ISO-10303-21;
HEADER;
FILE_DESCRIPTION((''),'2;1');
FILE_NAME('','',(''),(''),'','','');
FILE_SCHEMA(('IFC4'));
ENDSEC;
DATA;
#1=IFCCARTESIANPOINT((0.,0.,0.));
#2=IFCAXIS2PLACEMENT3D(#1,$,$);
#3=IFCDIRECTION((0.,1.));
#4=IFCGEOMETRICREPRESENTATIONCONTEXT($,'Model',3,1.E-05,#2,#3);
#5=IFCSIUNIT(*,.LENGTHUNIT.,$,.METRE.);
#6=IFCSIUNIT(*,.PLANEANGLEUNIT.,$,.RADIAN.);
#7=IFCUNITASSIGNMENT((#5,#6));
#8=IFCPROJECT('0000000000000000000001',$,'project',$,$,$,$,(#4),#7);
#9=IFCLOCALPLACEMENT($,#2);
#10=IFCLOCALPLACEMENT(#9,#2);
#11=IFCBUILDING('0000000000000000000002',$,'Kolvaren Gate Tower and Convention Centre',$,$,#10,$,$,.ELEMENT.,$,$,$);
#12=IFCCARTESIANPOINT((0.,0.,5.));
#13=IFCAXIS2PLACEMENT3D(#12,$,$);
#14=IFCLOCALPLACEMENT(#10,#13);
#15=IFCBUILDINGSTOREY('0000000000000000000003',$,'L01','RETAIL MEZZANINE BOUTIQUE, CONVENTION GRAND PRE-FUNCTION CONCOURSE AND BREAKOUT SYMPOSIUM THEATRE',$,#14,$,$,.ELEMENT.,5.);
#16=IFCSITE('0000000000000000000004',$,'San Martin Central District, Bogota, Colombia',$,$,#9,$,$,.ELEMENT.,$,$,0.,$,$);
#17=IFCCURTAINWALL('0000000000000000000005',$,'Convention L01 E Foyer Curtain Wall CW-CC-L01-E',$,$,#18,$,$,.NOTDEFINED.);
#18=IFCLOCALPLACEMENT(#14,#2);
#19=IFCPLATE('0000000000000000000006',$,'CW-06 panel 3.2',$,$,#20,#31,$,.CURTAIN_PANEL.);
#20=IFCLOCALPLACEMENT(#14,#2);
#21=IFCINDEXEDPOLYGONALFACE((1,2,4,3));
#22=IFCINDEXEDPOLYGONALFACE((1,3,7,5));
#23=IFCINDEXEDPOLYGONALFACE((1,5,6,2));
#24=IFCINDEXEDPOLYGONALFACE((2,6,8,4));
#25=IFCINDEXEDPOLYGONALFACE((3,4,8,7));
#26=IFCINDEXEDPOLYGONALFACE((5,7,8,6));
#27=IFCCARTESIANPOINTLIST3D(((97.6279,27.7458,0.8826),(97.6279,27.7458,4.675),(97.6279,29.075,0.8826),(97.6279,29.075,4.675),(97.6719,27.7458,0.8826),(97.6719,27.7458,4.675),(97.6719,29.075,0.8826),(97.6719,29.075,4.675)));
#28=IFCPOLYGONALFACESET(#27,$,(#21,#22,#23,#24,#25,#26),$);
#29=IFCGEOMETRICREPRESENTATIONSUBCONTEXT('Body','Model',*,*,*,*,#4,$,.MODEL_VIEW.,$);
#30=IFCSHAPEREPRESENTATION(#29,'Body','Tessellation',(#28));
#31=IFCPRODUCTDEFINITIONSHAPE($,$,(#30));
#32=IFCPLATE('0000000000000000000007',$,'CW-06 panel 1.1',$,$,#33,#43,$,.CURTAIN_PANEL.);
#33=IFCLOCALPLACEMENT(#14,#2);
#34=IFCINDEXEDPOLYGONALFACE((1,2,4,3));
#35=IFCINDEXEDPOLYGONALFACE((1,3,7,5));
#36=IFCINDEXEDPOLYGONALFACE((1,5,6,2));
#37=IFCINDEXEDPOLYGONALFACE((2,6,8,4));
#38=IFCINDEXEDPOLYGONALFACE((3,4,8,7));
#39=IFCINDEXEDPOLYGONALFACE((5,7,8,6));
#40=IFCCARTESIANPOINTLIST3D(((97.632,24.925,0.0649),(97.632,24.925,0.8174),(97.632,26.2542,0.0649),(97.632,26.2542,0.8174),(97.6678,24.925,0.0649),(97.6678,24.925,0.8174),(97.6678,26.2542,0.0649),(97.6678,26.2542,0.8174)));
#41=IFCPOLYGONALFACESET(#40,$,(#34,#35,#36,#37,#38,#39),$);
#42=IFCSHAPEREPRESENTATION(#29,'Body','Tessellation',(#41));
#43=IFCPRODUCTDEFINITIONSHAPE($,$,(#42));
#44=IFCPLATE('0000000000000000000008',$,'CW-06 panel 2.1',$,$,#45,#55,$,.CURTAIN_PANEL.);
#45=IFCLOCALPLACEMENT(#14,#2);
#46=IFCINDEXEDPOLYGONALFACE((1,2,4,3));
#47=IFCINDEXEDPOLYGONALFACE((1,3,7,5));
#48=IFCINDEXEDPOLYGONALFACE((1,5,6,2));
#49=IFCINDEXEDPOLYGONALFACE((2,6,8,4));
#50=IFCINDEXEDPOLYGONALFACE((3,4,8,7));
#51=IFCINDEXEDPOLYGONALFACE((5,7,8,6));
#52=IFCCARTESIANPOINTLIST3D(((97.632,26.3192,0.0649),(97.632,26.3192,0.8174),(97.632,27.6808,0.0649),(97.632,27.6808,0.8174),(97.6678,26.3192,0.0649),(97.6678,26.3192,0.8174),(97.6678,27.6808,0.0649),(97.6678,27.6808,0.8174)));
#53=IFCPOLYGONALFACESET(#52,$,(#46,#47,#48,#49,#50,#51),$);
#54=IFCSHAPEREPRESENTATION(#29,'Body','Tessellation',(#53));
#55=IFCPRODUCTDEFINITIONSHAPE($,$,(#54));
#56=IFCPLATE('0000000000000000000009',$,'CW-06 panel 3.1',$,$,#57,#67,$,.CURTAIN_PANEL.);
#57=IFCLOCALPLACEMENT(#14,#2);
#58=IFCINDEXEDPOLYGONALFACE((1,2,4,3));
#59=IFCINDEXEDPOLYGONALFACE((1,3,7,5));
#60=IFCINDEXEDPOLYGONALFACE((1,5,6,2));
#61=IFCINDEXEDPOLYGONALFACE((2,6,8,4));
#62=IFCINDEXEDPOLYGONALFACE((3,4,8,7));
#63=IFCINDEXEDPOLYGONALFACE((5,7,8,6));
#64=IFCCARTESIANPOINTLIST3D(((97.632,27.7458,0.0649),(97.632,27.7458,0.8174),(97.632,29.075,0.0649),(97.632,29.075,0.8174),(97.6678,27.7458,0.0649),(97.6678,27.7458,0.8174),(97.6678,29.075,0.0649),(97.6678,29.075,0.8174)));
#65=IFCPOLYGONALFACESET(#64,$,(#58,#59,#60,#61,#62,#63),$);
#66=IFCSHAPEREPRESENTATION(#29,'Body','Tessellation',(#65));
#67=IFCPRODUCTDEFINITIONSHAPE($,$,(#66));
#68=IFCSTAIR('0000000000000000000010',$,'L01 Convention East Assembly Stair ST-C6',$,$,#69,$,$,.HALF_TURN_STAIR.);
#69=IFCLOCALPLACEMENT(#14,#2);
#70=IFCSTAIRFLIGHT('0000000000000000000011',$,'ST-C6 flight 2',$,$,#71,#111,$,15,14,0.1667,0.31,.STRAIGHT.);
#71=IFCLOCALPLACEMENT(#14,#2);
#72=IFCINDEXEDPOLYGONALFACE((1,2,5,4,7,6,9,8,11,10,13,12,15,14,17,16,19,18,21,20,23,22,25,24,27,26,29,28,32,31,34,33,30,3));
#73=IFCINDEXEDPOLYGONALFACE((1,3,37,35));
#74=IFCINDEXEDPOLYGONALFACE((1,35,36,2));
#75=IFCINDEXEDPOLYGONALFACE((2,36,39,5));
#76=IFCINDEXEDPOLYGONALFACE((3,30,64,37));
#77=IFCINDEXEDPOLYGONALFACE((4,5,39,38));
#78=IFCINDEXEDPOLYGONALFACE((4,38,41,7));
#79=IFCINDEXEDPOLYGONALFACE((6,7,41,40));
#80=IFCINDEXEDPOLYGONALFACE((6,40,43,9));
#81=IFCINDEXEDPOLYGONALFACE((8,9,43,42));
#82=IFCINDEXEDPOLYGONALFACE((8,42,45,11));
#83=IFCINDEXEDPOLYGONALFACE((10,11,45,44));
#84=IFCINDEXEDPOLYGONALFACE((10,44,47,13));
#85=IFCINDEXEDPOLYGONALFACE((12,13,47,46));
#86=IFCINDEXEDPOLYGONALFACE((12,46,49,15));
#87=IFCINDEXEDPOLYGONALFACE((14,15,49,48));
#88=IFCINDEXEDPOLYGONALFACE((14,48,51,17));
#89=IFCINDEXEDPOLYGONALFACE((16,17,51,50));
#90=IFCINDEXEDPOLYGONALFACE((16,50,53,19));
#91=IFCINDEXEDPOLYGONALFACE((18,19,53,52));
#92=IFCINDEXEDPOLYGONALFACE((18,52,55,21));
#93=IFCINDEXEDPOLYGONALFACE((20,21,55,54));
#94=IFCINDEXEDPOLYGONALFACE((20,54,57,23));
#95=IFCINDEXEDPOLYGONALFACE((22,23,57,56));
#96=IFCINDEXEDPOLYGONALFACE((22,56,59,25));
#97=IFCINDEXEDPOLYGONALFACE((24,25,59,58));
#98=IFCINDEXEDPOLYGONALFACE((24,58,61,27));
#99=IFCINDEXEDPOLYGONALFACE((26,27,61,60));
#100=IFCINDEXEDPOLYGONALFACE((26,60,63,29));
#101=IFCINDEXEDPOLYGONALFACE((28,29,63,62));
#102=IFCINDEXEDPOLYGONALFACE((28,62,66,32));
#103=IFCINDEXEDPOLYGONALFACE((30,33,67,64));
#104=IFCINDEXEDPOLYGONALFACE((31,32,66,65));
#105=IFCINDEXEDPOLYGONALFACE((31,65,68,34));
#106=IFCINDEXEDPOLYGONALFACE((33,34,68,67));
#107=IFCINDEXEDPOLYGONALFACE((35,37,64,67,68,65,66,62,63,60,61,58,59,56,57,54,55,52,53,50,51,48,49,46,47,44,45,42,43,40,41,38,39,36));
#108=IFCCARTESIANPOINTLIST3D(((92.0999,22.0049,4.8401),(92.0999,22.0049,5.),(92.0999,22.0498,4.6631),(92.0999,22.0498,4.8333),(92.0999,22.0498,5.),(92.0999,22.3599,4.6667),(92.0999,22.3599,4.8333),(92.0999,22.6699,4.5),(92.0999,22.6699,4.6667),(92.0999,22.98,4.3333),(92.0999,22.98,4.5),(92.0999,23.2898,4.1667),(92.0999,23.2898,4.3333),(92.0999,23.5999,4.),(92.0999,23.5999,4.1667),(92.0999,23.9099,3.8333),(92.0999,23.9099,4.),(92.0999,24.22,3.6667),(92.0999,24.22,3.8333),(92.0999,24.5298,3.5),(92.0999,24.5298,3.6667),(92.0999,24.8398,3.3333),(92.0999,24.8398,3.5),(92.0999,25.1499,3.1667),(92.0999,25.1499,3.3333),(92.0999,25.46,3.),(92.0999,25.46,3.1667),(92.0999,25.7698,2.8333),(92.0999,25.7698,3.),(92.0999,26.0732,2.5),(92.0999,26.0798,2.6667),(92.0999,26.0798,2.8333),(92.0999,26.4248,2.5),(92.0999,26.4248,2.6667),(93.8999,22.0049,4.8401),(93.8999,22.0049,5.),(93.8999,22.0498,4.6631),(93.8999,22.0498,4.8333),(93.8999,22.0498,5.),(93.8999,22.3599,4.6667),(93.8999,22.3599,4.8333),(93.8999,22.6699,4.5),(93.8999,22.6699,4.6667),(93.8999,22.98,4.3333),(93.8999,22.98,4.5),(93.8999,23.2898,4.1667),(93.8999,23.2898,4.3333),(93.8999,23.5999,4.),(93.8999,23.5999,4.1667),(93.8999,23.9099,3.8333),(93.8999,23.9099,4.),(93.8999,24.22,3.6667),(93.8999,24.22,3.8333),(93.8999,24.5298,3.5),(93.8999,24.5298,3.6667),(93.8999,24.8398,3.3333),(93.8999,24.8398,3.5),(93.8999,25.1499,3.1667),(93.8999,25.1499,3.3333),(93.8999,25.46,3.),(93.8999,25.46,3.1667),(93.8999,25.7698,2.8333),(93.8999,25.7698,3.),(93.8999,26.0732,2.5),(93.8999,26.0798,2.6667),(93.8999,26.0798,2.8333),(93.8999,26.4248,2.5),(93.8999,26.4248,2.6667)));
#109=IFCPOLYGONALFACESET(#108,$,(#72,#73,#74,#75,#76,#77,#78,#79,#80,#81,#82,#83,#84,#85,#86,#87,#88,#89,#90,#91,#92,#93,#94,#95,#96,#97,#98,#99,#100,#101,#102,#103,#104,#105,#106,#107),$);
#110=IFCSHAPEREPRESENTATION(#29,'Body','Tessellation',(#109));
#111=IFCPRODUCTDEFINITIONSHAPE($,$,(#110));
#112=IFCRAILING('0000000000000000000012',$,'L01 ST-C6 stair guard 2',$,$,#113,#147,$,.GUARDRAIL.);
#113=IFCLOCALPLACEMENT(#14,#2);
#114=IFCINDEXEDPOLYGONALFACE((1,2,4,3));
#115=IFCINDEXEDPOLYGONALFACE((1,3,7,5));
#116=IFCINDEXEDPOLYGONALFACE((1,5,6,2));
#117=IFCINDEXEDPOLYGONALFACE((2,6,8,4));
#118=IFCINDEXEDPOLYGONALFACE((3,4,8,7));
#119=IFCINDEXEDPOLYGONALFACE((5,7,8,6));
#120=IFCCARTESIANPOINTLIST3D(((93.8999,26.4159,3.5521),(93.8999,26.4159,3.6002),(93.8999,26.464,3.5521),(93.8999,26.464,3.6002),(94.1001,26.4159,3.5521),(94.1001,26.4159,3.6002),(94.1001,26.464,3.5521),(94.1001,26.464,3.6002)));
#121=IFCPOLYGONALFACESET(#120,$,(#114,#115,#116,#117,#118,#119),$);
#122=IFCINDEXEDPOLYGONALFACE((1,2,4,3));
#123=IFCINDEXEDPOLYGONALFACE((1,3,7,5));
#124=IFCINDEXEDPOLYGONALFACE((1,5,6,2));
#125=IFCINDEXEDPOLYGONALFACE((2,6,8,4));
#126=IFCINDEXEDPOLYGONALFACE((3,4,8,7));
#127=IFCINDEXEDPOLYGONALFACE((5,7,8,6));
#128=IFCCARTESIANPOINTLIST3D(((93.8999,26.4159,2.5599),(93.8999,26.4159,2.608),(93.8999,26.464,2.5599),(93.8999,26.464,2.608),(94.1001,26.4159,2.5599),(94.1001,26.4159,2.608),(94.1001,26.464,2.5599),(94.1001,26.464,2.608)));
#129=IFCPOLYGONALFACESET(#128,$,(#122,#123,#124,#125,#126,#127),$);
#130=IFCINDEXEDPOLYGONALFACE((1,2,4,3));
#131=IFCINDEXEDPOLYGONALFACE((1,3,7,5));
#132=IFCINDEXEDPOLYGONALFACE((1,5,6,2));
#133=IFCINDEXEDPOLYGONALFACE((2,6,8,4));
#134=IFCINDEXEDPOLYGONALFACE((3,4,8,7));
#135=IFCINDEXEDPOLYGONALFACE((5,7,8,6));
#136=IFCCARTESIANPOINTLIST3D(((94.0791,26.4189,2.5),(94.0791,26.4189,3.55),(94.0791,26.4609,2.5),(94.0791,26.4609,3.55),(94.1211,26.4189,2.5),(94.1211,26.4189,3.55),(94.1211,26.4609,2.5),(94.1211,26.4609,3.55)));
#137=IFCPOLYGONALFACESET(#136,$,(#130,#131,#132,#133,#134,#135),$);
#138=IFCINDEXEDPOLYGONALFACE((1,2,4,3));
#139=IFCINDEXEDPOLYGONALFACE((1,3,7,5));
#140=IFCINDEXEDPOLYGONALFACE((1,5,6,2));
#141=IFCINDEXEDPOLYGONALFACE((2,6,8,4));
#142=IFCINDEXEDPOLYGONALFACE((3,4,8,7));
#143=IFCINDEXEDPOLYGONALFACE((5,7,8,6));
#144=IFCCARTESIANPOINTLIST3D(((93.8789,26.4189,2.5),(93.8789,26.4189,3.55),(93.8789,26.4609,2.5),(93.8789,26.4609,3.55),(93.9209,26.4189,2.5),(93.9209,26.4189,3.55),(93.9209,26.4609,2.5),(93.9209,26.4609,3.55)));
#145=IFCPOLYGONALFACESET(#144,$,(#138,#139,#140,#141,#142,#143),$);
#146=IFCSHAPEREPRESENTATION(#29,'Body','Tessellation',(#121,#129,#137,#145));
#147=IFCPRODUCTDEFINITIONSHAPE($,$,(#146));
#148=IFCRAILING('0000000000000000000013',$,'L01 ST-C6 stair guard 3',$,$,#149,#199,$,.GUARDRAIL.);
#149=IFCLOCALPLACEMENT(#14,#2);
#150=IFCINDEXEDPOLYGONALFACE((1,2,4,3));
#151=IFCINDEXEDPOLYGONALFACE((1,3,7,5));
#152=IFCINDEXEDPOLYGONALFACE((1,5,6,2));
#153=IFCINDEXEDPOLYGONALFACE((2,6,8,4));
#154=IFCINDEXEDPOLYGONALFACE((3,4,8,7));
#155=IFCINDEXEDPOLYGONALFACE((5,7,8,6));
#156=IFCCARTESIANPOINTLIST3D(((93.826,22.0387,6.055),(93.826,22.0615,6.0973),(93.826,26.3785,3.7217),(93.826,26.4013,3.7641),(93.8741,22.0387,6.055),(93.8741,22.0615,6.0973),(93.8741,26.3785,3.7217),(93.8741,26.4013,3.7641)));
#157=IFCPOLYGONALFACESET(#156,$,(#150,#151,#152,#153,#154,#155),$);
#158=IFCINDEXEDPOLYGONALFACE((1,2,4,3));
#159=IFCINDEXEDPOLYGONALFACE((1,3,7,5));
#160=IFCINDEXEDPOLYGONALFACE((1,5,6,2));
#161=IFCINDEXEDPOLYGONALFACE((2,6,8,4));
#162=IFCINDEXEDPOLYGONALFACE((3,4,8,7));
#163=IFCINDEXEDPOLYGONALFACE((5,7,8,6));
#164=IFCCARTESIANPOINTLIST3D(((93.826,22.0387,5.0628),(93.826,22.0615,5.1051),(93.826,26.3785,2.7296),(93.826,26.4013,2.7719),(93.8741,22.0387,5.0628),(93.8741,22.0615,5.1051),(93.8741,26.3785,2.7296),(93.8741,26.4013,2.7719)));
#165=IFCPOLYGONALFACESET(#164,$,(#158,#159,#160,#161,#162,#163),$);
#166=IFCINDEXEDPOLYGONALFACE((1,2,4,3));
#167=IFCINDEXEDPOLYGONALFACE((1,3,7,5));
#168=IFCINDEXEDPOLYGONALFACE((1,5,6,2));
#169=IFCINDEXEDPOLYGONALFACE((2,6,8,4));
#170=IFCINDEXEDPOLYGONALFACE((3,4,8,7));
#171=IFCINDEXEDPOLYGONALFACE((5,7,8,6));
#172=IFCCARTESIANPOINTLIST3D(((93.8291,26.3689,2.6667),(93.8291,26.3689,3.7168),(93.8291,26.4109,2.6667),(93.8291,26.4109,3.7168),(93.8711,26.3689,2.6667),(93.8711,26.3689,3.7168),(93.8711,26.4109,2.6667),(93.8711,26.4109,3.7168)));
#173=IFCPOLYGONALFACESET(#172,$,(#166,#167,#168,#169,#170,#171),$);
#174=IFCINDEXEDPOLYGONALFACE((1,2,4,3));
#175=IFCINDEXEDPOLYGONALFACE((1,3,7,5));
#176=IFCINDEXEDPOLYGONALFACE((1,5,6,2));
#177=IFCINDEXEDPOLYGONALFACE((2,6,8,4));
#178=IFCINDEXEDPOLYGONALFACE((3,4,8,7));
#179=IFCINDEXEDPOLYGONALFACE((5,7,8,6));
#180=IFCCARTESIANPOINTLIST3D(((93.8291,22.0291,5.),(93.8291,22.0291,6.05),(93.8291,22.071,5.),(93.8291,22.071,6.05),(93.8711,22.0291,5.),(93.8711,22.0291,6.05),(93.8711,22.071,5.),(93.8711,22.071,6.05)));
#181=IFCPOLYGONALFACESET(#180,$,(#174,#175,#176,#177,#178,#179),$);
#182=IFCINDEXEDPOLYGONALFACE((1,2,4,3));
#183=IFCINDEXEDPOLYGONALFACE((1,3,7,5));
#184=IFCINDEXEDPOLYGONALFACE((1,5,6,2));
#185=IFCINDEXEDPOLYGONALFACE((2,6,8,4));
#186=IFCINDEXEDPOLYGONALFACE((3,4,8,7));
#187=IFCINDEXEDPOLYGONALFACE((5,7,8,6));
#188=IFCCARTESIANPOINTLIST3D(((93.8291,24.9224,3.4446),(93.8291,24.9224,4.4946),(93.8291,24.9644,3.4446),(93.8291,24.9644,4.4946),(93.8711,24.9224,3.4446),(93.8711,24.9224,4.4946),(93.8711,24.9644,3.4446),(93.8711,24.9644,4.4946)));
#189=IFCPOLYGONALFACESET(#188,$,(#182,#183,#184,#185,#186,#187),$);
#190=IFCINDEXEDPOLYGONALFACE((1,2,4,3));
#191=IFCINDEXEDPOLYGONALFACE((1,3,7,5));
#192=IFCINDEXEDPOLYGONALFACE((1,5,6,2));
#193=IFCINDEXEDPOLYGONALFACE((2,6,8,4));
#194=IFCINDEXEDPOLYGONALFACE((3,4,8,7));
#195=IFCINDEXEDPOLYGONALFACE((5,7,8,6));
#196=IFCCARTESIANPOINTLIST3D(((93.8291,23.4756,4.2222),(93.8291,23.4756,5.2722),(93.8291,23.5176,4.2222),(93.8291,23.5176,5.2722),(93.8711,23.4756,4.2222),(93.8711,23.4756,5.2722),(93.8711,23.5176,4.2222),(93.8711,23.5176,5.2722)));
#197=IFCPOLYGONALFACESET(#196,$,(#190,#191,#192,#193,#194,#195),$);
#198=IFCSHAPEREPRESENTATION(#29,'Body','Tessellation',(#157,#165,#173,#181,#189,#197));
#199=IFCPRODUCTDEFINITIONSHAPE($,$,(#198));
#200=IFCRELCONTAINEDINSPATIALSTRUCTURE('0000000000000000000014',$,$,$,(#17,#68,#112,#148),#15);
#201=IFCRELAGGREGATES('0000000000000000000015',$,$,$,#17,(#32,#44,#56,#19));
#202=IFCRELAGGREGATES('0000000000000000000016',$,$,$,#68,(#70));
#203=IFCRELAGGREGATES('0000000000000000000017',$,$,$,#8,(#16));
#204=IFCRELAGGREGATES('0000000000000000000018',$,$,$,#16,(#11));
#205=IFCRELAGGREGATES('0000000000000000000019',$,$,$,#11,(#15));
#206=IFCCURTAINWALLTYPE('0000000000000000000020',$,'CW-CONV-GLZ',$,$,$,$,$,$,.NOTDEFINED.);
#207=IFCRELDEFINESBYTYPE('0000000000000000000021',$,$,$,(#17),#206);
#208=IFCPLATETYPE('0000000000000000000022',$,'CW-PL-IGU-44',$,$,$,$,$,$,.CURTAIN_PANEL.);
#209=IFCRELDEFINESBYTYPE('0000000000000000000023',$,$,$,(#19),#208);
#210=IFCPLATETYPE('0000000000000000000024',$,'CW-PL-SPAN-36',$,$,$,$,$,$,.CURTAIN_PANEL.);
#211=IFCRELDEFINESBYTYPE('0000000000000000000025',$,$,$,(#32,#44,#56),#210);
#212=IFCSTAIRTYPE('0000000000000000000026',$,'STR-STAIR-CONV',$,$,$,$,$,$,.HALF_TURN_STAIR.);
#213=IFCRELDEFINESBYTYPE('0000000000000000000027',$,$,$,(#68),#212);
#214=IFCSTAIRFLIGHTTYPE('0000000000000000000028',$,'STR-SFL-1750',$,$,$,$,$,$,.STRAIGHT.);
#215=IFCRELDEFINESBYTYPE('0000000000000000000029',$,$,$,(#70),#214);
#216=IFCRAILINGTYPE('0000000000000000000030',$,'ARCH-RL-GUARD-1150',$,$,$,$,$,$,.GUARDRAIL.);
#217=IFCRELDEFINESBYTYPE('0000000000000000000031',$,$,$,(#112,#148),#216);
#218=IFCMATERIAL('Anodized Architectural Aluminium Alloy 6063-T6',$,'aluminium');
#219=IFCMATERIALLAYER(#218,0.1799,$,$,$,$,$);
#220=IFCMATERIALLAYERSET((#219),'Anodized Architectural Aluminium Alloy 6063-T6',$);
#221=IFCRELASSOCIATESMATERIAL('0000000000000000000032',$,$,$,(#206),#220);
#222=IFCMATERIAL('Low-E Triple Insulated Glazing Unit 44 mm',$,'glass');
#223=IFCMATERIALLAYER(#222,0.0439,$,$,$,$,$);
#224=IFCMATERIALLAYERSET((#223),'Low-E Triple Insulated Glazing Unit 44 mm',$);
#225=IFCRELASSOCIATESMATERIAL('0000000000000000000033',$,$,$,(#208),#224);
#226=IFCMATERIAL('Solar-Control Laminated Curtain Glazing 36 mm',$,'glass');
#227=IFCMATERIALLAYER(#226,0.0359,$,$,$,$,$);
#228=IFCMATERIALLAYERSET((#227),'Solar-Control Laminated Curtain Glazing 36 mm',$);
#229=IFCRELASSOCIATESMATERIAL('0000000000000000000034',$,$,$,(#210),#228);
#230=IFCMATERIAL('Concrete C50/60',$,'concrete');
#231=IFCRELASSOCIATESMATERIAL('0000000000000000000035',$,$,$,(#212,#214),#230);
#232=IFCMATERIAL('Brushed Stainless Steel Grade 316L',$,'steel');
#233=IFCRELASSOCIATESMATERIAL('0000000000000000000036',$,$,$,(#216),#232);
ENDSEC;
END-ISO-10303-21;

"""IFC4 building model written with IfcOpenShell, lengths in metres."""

from ifc_helpers import new_model, si_unit, direction, frame, origin, origin_2d, place, context, subcontext, project, spatial, polyline, rectangle, outline, extrude, material, layer, layer_set, type_object, element, aggregate, save


model = new_model("IFC4")

# Units and contexts
model_context = context("Model", 3, precision=1e-05, world=origin(), true_north=direction((0.0, 1.0)))
body_context = subcontext(model_context, "Body", "Model", "MODEL_VIEW")
ifc_project = project(units=[si_unit("LENGTHUNIT", "METRE"), si_unit("PLANEANGLEUNIT", "RADIAN")], contexts=[model_context])

# Site, building, storey
site_placement = place(None, origin())
site = spatial("IfcSite", under=ifc_project, at=site_placement, Name="San Martin Central District, Bogota, Colombia", CompositionType="ELEMENT", RefElevation=0.0)
building_placement = place(site_placement, origin())
building = spatial("IfcBuilding", under=site, at=building_placement, Name="Kolvaren Gate Tower and Convention Centre", CompositionType="ELEMENT")
storey_placement = place(building_placement, frame((0.0, 0.0, 5.0)))
storey = spatial("IfcBuildingStorey", under=building, at=storey_placement, Name="L01", Description="RETAIL MEZZANINE BOUTIQUE, CONVENTION GRAND PRE-FUNCTION CONCOURSE AND BREAKOUT SYMPOSIUM THEATRE", CompositionType="ELEMENT", Elevation=5.0)

# Curtain wall, plates
ifc_material_1 = material(Name="Anodized Architectural Aluminium Alloy 6063-T6", Category="aluminium")
ifc_layer_1 = layer(ifc_material_1, 0.1799)
ifc_layer_set_1 = layer_set([ifc_layer_1], Name="Anodized Architectural Aluminium Alloy 6063-T6")
curtain_wall_type = type_object("IfcCurtainWallType", Name="CW-CONV-GLZ", PredefinedType="NOTDEFINED", material=ifc_layer_set_1)
curtain_wall_placement = place(storey_placement, origin())
curtain_wall = element("IfcCurtainWall", 1, at=curtain_wall_placement, inside=storey, type_object=curtain_wall_type, Name="Convention L01 E Foyer Curtain Wall CW-CC-L01-E", PredefinedType="NOTDEFINED")
ifc_material_2 = material(Name="Low-E Triple Insulated Glazing Unit 44 mm", Category="glass")
ifc_layer_2 = layer(ifc_material_2, 0.0439)
ifc_layer_set_2 = layer_set([ifc_layer_2], Name="Low-E Triple Insulated Glazing Unit 44 mm")
plate_type_1 = type_object("IfcPlateType", Name="CW-PL-IGU-44", PredefinedType="CURTAIN_PANEL", material=ifc_layer_set_2)
plate_1_placement = place(storey_placement, frame((97.6499, 28.4104, 0.8826), z_axis=(0.0, 0.0, 1.0), x_axis=(0.0, 1.0, 0.0)))
plate_1 = element("IfcPlate", 2, at=plate_1_placement, type_object=plate_type_1, Name="CW-06 panel 3.2", PredefinedType="CURTAIN_PANEL", context=body_context, shape_type="SweptSolid", body=[
    extrude(rectangle(XDim=1.3291, YDim=0.0439, at=origin_2d()), origin(), (0.0, 0.0, 1.0), 3.7925),
])
ifc_material_3 = material(Name="Solar-Control Laminated Curtain Glazing 36 mm", Category="glass")
ifc_layer_3 = layer(ifc_material_3, 0.0359)
ifc_layer_set_3 = layer_set([ifc_layer_3], Name="Solar-Control Laminated Curtain Glazing 36 mm")
plate_type_2 = type_object("IfcPlateType", Name="CW-PL-SPAN-36", PredefinedType="CURTAIN_PANEL", material=ifc_layer_set_3)
plate_2_placement = place(storey_placement, frame((97.6499, 25.5896, 0.0649), z_axis=(0.0, 0.0, 1.0), x_axis=(0.0, 1.0, 0.0)))
plate_2 = element("IfcPlate", 3, at=plate_2_placement, type_object=plate_type_2, Name="CW-06 panel 1.1", PredefinedType="CURTAIN_PANEL", context=body_context, shape_type="SweptSolid", body=[
    extrude(rectangle(XDim=1.3291, YDim=0.0359, at=origin_2d()), origin(), (0.0, 0.0, 1.0), 0.7524),
])
plate_3_placement = place(storey_placement, frame((97.6499, 27.0, 0.0649), z_axis=(0.0, 0.0, 1.0), x_axis=(0.0, 1.0, 0.0)))
plate_3 = element("IfcPlate", 4, at=plate_3_placement, type_object=plate_type_2, Name="CW-06 panel 2.1", PredefinedType="CURTAIN_PANEL", context=body_context, shape_type="SweptSolid", body=[
    extrude(rectangle(XDim=1.3616, YDim=0.0359, at=origin_2d()), origin(), (0.0, 0.0, 1.0), 0.7524),
])
plate_4_placement = place(storey_placement, frame((97.6499, 28.4104, 0.0649), z_axis=(0.0, 0.0, 1.0), x_axis=(0.0, 1.0, 0.0)))
plate_4 = element("IfcPlate", 5, at=plate_4_placement, type_object=plate_type_2, Name="CW-06 panel 3.1", PredefinedType="CURTAIN_PANEL", context=body_context, shape_type="SweptSolid", body=[
    extrude(rectangle(XDim=1.3291, YDim=0.0359, at=origin_2d()), origin(), (0.0, 0.0, 1.0), 0.7524),
])
aggregate(curtain_wall, [plate_2, plate_3, plate_4, plate_1])

# Stair, stair flight
ifc_material_4 = material(Name="Concrete C50/60", Category="concrete")
stair_type = type_object("IfcStairType", Name="STR-STAIR-CONV", PredefinedType="HALF_TURN_STAIR", material=ifc_material_4)
stair_placement = place(storey_placement, origin())
stair = element("IfcStair", 6, at=stair_placement, inside=storey, type_object=stair_type, Name="L01 Convention East Assembly Stair ST-C6", PredefinedType="HALF_TURN_STAIR")
stair_flight_type = type_object("IfcStairFlightType", Name="STR-SFL-1750", PredefinedType="STRAIGHT", material=ifc_material_4)
stair_flight_placement = place(storey_placement, frame((93.0, 26.3899, 2.5), z_axis=(0.0, 0.0, 1.0), x_axis=(0.0, -1.0, 0.0)))
stair_flight = element("IfcStairFlight", 7, at=stair_flight_placement, type_object=stair_flight_type, Name="ST-C6 flight 2", NumberOfRisers=15, NumberOfTreads=14, PredefinedType="STRAIGHT", RiserHeight=0.1667, TreadLength=0.31, context=body_context, shape_type="SweptSolid", body=[
    extrude(outline(polyline([(-0.0349, 0.0), (-0.0349, 0.1667), (0.3101, 0.1667), (0.3101, 0.3333), (0.6201, 0.3333), (0.6201, 0.5), (0.9299, 0.5), (0.9299, 0.6667), (1.24, 0.6667), (1.24, 0.8333), (1.55, 0.8333), (1.55, 1.0), (1.8601, 1.0), (1.8601, 1.1667), (2.1699, 1.1667), (2.1699, 1.3333), (2.48, 1.3333), (2.48, 1.5), (2.79, 1.5), (2.79, 1.6667), (3.1001, 1.6667), (3.1001, 1.8333), (3.4099, 1.8333), (3.4099, 2.0), (3.72, 2.0), (3.72, 2.1667), (4.03, 2.1667), (4.03, 2.3333), (4.3401, 2.3333), (4.3401, 2.5), (4.385, 2.5), (4.385, 2.3401), (4.3401, 2.1631), (0.3167, 0.0), (-0.0349, 0.0)])), frame((0.0, 0.8999, 0.0), z_axis=(0.0, -1.0, 0.0), x_axis=(1.0, 0.0, 0.0)), (0.0, 0.0, 1.0), 1.8),
])
aggregate(stair, [stair_flight])

# Railings
ifc_material_5 = material(Name="Brushed Stainless Steel Grade 316L", Category="steel")
railing_type = type_object("IfcRailingType", Name="ARCH-RL-GUARD-1150", PredefinedType="GUARDRAIL", material=ifc_material_5)
railing_1_placement = place(storey_placement, frame((94.1001, 26.4399, 2.5)))
element("IfcRailing", 8, at=railing_1_placement, inside=storey, type_object=railing_type, Name="L01 ST-C6 stair guard 2", PredefinedType="GUARDRAIL", context=body_context, shape_type="SweptSolid", body=[
    extrude(rectangle(XDim=0.0481, YDim=0.0481, at=origin_2d()), frame((0.0, 0.0, 1.0762), z_axis=(-1.0, 0.0, 0.0), x_axis=(0.0, -1.0, 0.0)), (0.0, 0.0, 1.0), 0.2002),
    extrude(rectangle(XDim=0.0481, YDim=0.0481, at=origin_2d()), frame((0.0, 0.0, 0.084), z_axis=(-1.0, 0.0, 0.0), x_axis=(0.0, -1.0, 0.0)), (0.0, 0.0, 1.0), 0.2002),
    extrude(rectangle(XDim=0.042, YDim=0.042, at=origin_2d()), origin(), (0.0, 0.0, 1.0), 1.05),
    extrude(rectangle(XDim=0.042, YDim=0.042, at=origin_2d()), frame((-0.2002, 0.0, 0.0)), (0.0, 0.0, 1.0), 1.05),
])
railing_2_placement = place(storey_placement, frame((93.8501, 26.3899, 2.6667)))
element("IfcRailing", 9, at=railing_2_placement, inside=storey, type_object=railing_type, Name="L01 ST-C6 stair guard 3", PredefinedType="GUARDRAIL", context=body_context, shape_type="SweptSolid", body=[
    extrude(rectangle(XDim=0.0481, YDim=0.0481, at=origin_2d()), frame((0.0, 0.0, 1.0762), z_axis=(0.0, -0.880775, 0.473535), x_axis=(1.0, 0.0, 0.0)), (0.0, 0.0, 1.0), 4.9272),
    extrude(rectangle(XDim=0.0481, YDim=0.0481, at=origin_2d()), frame((0.0, 0.0, 0.084), z_axis=(0.0, -0.880775, 0.473535), x_axis=(1.0, 0.0, 0.0)), (0.0, 0.0, 1.0), 4.9272),
    extrude(rectangle(XDim=0.042, YDim=0.042, at=origin_2d()), origin(), (0.0, 0.0, 1.0), 1.05),
    extrude(rectangle(XDim=0.042, YDim=0.042, at=origin_2d()), frame((0.0, -4.3398, 2.3333)), (0.0, 0.0, 1.0), 1.05),
    extrude(rectangle(XDim=0.042, YDim=0.042, at=origin_2d()), frame((0.0, -1.4465, 0.7778)), (0.0, 0.0, 1.0), 1.05),
    extrude(rectangle(XDim=0.042, YDim=0.042, at=origin_2d()), frame((0.0, -2.8933, 1.5554)), (0.0, 0.0, 1.0), 1.05),
])

save(model, "model.ifc")
